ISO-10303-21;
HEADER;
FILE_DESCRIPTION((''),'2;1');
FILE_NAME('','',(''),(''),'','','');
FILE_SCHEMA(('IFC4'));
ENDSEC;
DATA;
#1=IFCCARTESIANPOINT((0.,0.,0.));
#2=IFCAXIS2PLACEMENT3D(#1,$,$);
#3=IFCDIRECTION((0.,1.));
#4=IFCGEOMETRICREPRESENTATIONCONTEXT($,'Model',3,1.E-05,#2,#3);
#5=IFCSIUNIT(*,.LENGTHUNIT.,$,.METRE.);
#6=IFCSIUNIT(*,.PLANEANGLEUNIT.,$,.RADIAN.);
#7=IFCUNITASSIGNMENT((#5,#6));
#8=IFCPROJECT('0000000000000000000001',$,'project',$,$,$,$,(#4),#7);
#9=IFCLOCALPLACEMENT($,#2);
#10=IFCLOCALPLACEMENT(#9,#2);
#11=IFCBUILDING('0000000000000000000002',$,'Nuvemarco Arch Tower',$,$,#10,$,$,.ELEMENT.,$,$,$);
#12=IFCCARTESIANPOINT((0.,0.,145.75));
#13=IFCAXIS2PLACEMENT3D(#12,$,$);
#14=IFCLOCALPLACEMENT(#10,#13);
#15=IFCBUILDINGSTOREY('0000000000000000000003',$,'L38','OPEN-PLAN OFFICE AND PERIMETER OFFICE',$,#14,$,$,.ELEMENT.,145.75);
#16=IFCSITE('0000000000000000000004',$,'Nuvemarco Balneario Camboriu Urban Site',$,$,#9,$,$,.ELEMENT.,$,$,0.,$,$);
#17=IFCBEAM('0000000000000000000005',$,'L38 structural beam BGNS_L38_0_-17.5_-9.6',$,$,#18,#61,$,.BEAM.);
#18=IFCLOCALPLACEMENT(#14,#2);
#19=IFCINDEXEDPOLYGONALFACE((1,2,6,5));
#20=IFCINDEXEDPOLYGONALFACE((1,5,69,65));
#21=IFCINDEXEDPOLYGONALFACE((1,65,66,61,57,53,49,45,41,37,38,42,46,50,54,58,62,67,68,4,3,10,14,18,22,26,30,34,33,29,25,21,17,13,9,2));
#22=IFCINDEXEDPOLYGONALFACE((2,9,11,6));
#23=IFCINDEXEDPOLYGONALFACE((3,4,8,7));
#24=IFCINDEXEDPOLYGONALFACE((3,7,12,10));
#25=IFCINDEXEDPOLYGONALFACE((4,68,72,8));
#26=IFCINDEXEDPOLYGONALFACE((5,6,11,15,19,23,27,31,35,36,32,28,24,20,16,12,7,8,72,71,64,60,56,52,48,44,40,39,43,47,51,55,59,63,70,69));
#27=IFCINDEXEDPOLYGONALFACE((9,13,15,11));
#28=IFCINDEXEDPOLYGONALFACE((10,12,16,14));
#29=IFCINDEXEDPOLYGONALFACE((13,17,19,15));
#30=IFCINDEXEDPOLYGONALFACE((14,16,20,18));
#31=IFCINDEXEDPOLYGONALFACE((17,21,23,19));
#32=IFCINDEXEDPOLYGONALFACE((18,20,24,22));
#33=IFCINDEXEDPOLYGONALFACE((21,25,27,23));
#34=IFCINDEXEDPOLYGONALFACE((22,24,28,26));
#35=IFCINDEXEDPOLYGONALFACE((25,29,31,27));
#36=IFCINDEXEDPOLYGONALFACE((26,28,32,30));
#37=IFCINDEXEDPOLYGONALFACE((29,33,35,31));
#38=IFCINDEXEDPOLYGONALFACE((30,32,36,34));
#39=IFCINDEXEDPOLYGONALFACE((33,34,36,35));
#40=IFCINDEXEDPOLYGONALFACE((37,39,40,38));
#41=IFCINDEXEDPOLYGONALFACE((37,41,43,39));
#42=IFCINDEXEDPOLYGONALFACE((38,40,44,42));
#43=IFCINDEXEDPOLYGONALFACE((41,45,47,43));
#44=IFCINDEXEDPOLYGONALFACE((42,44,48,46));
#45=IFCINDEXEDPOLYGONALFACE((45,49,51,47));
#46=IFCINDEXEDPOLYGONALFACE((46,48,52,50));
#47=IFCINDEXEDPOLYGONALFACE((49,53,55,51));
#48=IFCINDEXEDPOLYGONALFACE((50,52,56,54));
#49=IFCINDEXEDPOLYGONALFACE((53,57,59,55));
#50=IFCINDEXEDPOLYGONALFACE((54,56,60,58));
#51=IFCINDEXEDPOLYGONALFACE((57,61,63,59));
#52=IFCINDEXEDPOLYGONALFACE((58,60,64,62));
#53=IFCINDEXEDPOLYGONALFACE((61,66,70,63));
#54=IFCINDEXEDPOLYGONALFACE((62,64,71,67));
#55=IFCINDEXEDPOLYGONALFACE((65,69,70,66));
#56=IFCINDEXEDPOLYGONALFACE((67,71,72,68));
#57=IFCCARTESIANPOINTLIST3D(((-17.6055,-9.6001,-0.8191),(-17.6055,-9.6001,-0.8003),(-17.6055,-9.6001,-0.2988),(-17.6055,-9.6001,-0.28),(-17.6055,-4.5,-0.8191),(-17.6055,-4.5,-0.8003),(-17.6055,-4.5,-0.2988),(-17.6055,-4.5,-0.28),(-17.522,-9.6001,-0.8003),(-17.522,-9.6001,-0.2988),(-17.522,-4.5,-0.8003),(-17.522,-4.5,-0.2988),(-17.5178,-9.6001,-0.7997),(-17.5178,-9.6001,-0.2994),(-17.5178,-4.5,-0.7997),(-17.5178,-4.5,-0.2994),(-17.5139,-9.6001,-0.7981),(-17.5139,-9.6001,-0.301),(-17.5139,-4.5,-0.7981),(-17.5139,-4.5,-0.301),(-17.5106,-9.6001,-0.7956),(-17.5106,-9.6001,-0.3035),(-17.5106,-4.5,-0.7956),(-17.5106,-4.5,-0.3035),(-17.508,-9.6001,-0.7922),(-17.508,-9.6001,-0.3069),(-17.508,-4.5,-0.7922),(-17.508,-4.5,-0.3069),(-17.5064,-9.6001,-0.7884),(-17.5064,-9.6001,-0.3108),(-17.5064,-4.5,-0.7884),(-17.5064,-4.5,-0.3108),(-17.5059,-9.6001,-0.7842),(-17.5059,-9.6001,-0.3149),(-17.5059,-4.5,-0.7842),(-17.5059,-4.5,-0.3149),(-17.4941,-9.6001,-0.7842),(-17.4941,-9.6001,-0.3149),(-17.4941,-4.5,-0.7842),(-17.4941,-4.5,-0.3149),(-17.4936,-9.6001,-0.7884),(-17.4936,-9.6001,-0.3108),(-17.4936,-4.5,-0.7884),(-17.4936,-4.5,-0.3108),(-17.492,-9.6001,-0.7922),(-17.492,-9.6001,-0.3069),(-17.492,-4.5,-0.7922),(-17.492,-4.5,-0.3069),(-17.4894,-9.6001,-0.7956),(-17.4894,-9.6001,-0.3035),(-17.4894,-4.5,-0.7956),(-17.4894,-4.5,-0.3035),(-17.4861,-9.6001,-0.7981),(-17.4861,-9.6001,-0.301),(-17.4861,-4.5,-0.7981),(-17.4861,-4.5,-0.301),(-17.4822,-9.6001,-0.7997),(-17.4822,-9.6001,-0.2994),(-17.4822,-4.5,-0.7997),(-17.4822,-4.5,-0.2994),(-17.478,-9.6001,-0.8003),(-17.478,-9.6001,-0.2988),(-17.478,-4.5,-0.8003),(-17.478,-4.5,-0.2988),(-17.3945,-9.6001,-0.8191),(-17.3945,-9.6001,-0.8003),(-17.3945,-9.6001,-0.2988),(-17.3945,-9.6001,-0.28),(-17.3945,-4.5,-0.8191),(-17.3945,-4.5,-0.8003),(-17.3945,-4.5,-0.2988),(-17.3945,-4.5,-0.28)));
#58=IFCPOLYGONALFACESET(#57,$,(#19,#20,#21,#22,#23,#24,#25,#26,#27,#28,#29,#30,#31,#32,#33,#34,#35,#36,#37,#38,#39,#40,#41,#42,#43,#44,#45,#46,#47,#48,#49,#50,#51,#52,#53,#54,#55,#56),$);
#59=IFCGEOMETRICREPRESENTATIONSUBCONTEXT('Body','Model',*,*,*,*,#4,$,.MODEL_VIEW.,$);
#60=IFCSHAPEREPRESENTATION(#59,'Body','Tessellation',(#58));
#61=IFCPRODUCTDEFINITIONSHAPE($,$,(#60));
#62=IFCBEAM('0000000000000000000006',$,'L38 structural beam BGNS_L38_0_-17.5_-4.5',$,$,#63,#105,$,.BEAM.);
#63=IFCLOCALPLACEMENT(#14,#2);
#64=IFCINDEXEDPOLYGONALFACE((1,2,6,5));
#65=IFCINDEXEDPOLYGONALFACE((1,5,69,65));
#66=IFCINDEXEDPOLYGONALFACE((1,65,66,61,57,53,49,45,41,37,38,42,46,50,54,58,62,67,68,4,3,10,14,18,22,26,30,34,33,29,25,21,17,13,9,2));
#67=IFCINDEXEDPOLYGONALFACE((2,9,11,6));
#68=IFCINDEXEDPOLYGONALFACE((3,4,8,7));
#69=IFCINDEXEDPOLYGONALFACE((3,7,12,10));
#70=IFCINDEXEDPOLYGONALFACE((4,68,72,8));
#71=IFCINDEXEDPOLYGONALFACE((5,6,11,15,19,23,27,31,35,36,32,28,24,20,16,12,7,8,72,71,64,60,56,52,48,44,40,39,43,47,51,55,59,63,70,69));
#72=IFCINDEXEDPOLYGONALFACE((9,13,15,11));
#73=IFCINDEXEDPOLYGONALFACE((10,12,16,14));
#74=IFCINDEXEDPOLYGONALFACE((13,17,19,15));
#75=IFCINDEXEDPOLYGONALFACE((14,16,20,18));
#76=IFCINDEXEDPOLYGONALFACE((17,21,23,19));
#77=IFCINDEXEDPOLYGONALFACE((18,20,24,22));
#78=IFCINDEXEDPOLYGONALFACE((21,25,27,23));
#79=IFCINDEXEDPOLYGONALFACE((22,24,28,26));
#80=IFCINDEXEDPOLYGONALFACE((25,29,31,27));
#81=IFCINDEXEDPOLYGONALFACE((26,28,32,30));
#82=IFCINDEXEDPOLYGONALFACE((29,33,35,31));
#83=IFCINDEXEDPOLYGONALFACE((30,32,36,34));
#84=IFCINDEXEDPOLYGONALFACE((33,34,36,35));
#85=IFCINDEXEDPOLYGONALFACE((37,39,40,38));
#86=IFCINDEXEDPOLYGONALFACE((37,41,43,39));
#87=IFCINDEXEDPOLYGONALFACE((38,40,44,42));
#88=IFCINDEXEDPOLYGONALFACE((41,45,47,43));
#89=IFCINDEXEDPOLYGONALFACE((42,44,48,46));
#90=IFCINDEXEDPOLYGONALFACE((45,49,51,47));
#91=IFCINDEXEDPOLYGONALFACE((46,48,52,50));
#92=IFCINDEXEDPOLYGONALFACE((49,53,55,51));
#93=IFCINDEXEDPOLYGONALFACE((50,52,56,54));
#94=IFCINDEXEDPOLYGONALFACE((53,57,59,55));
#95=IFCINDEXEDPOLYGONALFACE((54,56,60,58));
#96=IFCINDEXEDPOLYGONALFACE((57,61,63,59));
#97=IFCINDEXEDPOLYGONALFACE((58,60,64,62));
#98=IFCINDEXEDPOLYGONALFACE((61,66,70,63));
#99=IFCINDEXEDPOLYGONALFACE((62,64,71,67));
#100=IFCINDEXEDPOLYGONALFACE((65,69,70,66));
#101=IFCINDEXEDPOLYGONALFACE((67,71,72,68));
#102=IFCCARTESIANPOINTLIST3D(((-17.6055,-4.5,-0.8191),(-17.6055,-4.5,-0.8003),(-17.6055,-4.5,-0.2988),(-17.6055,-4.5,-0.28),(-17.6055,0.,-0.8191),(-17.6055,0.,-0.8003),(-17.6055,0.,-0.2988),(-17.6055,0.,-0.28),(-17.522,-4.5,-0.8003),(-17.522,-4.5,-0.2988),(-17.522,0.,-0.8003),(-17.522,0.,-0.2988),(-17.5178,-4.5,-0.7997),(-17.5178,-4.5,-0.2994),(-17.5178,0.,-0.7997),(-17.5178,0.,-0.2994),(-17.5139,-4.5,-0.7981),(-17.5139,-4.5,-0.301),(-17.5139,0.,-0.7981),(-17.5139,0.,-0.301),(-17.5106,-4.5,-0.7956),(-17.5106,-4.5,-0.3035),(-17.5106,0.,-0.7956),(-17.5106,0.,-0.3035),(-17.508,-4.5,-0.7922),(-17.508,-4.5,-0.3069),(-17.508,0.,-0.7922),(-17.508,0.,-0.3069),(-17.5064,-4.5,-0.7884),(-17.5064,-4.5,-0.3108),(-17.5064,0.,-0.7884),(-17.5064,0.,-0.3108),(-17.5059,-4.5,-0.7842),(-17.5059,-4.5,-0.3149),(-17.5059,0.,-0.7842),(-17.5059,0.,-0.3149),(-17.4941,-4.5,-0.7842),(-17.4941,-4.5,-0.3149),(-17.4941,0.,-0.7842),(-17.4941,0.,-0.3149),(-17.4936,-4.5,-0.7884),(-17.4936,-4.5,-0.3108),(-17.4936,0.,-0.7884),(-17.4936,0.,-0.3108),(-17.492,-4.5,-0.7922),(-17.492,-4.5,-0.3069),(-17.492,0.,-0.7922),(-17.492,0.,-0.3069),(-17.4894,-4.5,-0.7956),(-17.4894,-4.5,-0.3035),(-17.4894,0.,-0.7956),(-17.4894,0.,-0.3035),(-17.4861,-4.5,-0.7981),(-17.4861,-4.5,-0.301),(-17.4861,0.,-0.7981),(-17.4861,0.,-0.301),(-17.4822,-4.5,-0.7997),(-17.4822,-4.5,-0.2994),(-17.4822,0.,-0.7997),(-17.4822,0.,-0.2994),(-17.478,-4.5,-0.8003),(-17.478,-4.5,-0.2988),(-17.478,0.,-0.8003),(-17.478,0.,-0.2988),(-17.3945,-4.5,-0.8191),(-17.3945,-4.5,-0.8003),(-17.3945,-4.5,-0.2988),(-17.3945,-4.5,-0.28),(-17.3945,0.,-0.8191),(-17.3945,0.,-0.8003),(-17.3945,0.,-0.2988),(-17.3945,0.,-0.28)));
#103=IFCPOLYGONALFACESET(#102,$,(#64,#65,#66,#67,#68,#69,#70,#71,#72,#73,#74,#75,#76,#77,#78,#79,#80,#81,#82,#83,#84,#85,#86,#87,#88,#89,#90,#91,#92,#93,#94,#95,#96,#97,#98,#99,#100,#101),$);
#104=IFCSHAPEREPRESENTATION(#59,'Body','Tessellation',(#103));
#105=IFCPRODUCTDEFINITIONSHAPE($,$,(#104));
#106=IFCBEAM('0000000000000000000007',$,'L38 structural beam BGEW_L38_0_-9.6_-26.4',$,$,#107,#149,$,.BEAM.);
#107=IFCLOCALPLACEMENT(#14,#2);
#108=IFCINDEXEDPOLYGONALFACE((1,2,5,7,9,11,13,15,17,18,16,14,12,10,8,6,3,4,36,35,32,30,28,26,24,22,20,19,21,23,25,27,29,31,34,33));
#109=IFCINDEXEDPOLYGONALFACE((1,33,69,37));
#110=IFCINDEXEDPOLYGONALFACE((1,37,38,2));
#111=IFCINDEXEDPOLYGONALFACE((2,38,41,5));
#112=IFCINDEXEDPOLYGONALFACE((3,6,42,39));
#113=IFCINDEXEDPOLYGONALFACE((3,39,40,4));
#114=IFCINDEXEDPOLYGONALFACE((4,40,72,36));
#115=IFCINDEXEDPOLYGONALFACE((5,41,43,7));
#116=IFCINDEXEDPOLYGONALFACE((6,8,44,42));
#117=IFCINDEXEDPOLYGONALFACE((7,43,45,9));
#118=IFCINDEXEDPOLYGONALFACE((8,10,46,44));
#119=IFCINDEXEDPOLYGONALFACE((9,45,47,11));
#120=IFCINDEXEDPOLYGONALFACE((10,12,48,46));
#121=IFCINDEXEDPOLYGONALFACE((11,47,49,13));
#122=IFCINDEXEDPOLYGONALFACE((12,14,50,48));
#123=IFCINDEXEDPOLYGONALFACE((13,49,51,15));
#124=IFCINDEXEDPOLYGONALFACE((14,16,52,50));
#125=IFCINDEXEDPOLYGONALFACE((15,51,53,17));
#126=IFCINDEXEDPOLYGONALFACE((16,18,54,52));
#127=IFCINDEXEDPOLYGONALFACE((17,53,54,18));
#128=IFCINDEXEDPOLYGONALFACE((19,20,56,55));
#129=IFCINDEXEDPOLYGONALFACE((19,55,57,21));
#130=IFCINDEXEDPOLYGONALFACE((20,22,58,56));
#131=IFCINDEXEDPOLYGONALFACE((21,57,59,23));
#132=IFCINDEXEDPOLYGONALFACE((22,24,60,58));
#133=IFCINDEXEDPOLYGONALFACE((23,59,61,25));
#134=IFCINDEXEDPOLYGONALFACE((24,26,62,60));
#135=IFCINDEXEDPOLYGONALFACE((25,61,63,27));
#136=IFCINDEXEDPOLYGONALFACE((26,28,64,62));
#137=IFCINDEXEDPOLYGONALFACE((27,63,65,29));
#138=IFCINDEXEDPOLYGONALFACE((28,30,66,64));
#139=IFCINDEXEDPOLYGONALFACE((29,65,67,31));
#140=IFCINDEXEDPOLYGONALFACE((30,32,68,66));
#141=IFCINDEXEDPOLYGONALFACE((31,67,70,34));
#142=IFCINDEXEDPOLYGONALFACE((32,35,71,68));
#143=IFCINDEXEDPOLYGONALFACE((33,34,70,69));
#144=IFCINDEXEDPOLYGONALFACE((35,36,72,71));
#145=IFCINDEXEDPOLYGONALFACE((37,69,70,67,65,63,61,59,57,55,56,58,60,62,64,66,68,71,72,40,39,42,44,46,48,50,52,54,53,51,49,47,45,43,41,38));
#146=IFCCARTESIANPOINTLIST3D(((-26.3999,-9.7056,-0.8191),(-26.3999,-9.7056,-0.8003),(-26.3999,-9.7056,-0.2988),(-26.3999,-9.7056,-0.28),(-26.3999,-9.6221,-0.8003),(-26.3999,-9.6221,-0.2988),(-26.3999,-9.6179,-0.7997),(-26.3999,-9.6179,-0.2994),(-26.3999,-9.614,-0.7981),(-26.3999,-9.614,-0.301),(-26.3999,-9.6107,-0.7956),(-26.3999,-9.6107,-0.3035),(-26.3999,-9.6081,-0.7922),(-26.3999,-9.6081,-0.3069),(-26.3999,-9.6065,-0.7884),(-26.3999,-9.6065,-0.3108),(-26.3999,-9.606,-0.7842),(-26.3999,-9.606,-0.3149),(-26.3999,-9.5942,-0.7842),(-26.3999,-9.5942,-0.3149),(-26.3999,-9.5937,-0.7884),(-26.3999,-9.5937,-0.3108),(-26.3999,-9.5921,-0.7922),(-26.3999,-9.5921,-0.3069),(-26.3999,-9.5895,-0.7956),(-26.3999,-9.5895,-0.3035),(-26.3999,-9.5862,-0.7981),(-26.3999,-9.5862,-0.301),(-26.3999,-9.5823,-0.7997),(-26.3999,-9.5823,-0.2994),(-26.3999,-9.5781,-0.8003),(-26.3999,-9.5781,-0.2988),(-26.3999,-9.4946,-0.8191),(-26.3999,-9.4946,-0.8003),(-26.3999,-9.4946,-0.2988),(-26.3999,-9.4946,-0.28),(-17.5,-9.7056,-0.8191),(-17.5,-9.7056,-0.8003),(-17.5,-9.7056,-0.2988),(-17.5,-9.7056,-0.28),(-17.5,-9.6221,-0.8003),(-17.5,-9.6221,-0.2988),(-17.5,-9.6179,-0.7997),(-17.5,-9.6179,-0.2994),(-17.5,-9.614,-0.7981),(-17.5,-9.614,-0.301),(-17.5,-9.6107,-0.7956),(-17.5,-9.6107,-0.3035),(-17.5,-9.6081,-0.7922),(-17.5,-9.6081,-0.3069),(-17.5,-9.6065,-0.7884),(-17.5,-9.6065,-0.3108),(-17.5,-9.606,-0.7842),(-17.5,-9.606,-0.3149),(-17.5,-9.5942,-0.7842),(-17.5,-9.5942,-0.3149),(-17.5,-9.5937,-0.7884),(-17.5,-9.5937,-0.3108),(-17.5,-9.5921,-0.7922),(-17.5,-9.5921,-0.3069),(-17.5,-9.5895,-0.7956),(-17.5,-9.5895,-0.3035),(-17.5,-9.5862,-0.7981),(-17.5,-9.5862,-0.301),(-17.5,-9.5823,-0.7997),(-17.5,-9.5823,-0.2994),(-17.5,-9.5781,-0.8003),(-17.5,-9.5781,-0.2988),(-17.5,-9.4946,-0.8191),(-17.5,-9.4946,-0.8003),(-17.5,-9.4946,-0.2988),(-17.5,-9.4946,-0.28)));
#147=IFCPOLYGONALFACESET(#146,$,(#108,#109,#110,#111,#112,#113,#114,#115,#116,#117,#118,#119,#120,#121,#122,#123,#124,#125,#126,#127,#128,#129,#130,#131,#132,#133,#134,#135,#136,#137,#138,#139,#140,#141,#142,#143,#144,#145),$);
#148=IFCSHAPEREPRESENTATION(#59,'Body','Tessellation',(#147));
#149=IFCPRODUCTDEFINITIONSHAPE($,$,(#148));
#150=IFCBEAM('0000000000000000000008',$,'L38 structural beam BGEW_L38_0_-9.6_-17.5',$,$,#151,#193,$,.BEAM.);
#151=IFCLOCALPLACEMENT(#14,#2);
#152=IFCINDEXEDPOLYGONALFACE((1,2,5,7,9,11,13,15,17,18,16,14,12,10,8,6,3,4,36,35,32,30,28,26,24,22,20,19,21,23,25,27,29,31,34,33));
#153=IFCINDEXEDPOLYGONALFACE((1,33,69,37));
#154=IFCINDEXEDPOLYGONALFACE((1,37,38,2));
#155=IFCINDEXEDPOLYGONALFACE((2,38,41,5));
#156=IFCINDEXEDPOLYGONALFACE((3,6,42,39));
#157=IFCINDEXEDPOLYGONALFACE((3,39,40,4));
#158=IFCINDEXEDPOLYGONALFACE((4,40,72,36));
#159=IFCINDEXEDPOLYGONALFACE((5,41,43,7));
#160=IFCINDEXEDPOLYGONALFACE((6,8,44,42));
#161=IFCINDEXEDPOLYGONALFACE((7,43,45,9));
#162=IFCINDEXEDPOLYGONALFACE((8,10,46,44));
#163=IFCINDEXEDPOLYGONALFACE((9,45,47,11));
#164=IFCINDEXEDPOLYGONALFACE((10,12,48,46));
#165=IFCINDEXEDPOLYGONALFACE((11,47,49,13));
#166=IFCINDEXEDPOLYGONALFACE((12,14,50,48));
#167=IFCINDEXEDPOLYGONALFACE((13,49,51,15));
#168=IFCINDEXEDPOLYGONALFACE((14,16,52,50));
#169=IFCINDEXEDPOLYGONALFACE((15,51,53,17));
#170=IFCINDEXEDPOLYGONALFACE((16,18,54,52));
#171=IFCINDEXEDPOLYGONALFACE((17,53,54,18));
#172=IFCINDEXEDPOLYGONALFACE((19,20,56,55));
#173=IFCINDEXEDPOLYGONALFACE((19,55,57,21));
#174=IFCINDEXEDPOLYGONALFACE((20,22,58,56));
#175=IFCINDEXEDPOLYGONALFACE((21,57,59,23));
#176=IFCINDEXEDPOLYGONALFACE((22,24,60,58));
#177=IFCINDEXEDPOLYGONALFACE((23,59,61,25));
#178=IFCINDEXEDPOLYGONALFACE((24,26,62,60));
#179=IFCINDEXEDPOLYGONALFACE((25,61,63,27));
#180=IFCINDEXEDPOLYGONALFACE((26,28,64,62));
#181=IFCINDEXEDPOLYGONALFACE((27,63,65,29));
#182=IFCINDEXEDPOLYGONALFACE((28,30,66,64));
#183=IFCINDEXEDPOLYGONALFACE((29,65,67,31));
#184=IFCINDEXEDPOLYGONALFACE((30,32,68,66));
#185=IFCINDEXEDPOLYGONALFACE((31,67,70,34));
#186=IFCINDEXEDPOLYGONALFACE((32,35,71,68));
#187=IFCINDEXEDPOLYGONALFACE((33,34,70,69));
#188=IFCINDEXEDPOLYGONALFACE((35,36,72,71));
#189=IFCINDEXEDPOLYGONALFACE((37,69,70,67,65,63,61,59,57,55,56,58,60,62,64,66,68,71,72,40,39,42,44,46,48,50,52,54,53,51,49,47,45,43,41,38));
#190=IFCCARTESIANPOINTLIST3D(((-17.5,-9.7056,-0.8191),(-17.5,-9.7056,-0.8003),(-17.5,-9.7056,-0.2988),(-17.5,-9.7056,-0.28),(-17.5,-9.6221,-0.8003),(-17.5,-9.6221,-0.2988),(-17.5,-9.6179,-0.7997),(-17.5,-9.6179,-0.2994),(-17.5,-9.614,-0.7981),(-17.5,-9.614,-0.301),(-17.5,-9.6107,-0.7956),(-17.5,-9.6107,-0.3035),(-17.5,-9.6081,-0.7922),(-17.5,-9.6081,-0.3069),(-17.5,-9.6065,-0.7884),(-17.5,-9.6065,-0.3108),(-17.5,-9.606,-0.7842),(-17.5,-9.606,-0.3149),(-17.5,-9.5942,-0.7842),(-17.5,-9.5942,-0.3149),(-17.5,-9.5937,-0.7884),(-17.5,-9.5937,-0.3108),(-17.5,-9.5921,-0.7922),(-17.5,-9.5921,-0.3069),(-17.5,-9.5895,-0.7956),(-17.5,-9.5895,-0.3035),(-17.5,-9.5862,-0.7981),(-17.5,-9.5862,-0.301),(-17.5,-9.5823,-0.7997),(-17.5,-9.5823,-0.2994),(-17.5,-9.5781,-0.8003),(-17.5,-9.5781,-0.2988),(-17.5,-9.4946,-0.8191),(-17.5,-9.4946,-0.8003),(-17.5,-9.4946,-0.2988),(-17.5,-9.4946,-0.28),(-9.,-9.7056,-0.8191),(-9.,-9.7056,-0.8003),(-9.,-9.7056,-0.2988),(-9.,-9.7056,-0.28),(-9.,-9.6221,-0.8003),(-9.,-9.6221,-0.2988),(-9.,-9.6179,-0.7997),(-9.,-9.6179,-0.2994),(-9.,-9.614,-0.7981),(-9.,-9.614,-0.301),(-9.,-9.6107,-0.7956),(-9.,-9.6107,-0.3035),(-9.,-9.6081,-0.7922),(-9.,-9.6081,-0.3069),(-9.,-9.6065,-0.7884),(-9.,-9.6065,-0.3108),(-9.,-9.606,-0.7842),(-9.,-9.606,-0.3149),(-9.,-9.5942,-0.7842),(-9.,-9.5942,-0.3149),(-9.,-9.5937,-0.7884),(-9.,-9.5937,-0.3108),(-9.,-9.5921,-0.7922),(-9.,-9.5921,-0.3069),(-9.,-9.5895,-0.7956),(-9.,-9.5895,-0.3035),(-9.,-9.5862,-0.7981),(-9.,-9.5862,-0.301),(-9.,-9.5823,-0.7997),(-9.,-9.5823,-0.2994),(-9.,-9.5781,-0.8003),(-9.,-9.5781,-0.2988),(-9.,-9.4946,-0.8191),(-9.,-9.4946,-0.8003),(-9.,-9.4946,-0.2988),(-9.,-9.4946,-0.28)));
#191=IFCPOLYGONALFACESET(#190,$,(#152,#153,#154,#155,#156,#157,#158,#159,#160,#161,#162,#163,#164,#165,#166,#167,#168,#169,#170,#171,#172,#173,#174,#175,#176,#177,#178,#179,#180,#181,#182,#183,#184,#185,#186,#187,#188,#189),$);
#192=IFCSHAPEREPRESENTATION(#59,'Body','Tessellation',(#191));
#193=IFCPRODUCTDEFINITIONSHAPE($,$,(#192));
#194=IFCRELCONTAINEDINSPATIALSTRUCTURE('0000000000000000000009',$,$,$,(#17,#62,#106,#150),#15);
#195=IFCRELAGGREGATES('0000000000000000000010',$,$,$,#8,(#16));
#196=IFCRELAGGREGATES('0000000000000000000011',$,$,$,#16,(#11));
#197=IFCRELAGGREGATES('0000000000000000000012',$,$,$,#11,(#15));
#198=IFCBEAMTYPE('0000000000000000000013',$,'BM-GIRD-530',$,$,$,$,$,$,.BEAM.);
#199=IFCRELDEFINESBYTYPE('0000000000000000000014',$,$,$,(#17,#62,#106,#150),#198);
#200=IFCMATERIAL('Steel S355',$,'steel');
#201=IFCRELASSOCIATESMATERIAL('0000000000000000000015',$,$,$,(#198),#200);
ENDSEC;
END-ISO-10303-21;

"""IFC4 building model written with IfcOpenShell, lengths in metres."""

from ifc_helpers import new_model, si_unit, direction, frame, origin, origin_2d, place, context, subcontext, project, spatial, i_section, extrude, material, material_profile, profile_set, type_object, element, save


model = new_model("IFC4")

# Units and contexts
model_context = context("Model", 3, precision=1e-05, world=origin(), true_north=direction((0.0, 1.0)))
body_context = subcontext(model_context, "Body", "Model", "MODEL_VIEW")
ifc_project = project(units=[si_unit("LENGTHUNIT", "METRE"), si_unit("PLANEANGLEUNIT", "RADIAN")], contexts=[model_context])

# Site, building, storey
site_placement = place(None, origin())
site = spatial("IfcSite", under=ifc_project, at=site_placement, Name="Nuvemarco Balneario Camboriu Urban Site", CompositionType="ELEMENT", RefElevation=0.0)
building_placement = place(site_placement, origin())
building = spatial("IfcBuilding", under=site, at=building_placement, Name="Nuvemarco Arch Tower", CompositionType="ELEMENT")
storey_placement = place(building_placement, frame((0.0, 0.0, 145.75)))
storey = spatial("IfcBuildingStorey", under=building, at=storey_placement, Name="L38", Description="OPEN-PLAN OFFICE AND PERIMETER OFFICE", CompositionType="ELEMENT", Elevation=145.75)

# Shared definitions
ifc_material_1 = material(Name="Steel S355", Category="steel")

# Beams
ifc_material_profile_1 = material_profile(ifc_material_1, i_section(OverallWidth=0.2109, OverallDepth=0.5391, WebThickness=0.0117, FlangeThickness=0.0188, FilletRadius=0.0161, at=origin_2d()), Name="W530x109")
ifc_profile_set_1 = profile_set([ifc_material_profile_1], Name="Steel S355")
beam_type_1 = type_object("IfcBeamType", Name="BM-GIRD-530", PredefinedType="BEAM", material=ifc_profile_set_1)
beam_1_placement = place(storey_placement, frame((-17.5, -9.6001, -0.5496), z_axis=(0.0, 1.0, 0.0), x_axis=(-1.0, 0.0, 0.0)))
element("IfcBeam", 1, at=beam_1_placement, inside=storey, type_object=beam_type_1, Name="L38 structural beam BGNS_L38_0_-17.5_-9.6", PredefinedType="BEAM", context=body_context, shape_type="SweptSolid", body=[
    extrude(i_section(OverallWidth=0.2109, OverallDepth=0.5391, WebThickness=0.0117, FlangeThickness=0.0188, FilletRadius=0.0161, at=origin_2d()), origin(), (0.0, 0.0, 1.0), 5.1001),
])
beam_2_placement = place(storey_placement, frame((-17.5, -4.5, -0.5496), z_axis=(0.0, 1.0, 0.0), x_axis=(-1.0, 0.0, 0.0)))
element("IfcBeam", 2, at=beam_2_placement, inside=storey, type_object=beam_type_1, Name="L38 structural beam BGNS_L38_0_-17.5_-4.5", PredefinedType="BEAM", context=body_context, shape_type="SweptSolid", body=[
    extrude(i_section(OverallWidth=0.2109, OverallDepth=0.5391, WebThickness=0.0117, FlangeThickness=0.0188, FilletRadius=0.0161, at=origin_2d()), origin(), (0.0, 0.0, 1.0), 4.5),
])
beam_3_placement = place(storey_placement, frame((-26.3999, -9.6001, -0.5496), z_axis=(1.0, 0.0, 0.0), x_axis=(0.0, 1.0, 0.0)))
element("IfcBeam", 3, at=beam_3_placement, inside=storey, type_object=beam_type_1, Name="L38 structural beam BGEW_L38_0_-9.6_-26.4", PredefinedType="BEAM", context=body_context, shape_type="SweptSolid", body=[
    extrude(i_section(OverallWidth=0.2109, OverallDepth=0.5391, WebThickness=0.0117, FlangeThickness=0.0188, FilletRadius=0.0161, at=origin_2d()), origin(), (0.0, 0.0, 1.0), 8.8999),
])
beam_4_placement = place(storey_placement, frame((-17.5, -9.6001, -0.5496), z_axis=(1.0, 0.0, 0.0), x_axis=(0.0, 1.0, 0.0)))
element("IfcBeam", 4, at=beam_4_placement, inside=storey, type_object=beam_type_1, Name="L38 structural beam BGEW_L38_0_-9.6_-17.5", PredefinedType="BEAM", context=body_context, shape_type="SweptSolid", body=[
    extrude(i_section(OverallWidth=0.2109, OverallDepth=0.5391, WebThickness=0.0117, FlangeThickness=0.0188, FilletRadius=0.0161, at=origin_2d()), origin(), (0.0, 0.0, 1.0), 8.5),
])

save(model, "model.ifc")
